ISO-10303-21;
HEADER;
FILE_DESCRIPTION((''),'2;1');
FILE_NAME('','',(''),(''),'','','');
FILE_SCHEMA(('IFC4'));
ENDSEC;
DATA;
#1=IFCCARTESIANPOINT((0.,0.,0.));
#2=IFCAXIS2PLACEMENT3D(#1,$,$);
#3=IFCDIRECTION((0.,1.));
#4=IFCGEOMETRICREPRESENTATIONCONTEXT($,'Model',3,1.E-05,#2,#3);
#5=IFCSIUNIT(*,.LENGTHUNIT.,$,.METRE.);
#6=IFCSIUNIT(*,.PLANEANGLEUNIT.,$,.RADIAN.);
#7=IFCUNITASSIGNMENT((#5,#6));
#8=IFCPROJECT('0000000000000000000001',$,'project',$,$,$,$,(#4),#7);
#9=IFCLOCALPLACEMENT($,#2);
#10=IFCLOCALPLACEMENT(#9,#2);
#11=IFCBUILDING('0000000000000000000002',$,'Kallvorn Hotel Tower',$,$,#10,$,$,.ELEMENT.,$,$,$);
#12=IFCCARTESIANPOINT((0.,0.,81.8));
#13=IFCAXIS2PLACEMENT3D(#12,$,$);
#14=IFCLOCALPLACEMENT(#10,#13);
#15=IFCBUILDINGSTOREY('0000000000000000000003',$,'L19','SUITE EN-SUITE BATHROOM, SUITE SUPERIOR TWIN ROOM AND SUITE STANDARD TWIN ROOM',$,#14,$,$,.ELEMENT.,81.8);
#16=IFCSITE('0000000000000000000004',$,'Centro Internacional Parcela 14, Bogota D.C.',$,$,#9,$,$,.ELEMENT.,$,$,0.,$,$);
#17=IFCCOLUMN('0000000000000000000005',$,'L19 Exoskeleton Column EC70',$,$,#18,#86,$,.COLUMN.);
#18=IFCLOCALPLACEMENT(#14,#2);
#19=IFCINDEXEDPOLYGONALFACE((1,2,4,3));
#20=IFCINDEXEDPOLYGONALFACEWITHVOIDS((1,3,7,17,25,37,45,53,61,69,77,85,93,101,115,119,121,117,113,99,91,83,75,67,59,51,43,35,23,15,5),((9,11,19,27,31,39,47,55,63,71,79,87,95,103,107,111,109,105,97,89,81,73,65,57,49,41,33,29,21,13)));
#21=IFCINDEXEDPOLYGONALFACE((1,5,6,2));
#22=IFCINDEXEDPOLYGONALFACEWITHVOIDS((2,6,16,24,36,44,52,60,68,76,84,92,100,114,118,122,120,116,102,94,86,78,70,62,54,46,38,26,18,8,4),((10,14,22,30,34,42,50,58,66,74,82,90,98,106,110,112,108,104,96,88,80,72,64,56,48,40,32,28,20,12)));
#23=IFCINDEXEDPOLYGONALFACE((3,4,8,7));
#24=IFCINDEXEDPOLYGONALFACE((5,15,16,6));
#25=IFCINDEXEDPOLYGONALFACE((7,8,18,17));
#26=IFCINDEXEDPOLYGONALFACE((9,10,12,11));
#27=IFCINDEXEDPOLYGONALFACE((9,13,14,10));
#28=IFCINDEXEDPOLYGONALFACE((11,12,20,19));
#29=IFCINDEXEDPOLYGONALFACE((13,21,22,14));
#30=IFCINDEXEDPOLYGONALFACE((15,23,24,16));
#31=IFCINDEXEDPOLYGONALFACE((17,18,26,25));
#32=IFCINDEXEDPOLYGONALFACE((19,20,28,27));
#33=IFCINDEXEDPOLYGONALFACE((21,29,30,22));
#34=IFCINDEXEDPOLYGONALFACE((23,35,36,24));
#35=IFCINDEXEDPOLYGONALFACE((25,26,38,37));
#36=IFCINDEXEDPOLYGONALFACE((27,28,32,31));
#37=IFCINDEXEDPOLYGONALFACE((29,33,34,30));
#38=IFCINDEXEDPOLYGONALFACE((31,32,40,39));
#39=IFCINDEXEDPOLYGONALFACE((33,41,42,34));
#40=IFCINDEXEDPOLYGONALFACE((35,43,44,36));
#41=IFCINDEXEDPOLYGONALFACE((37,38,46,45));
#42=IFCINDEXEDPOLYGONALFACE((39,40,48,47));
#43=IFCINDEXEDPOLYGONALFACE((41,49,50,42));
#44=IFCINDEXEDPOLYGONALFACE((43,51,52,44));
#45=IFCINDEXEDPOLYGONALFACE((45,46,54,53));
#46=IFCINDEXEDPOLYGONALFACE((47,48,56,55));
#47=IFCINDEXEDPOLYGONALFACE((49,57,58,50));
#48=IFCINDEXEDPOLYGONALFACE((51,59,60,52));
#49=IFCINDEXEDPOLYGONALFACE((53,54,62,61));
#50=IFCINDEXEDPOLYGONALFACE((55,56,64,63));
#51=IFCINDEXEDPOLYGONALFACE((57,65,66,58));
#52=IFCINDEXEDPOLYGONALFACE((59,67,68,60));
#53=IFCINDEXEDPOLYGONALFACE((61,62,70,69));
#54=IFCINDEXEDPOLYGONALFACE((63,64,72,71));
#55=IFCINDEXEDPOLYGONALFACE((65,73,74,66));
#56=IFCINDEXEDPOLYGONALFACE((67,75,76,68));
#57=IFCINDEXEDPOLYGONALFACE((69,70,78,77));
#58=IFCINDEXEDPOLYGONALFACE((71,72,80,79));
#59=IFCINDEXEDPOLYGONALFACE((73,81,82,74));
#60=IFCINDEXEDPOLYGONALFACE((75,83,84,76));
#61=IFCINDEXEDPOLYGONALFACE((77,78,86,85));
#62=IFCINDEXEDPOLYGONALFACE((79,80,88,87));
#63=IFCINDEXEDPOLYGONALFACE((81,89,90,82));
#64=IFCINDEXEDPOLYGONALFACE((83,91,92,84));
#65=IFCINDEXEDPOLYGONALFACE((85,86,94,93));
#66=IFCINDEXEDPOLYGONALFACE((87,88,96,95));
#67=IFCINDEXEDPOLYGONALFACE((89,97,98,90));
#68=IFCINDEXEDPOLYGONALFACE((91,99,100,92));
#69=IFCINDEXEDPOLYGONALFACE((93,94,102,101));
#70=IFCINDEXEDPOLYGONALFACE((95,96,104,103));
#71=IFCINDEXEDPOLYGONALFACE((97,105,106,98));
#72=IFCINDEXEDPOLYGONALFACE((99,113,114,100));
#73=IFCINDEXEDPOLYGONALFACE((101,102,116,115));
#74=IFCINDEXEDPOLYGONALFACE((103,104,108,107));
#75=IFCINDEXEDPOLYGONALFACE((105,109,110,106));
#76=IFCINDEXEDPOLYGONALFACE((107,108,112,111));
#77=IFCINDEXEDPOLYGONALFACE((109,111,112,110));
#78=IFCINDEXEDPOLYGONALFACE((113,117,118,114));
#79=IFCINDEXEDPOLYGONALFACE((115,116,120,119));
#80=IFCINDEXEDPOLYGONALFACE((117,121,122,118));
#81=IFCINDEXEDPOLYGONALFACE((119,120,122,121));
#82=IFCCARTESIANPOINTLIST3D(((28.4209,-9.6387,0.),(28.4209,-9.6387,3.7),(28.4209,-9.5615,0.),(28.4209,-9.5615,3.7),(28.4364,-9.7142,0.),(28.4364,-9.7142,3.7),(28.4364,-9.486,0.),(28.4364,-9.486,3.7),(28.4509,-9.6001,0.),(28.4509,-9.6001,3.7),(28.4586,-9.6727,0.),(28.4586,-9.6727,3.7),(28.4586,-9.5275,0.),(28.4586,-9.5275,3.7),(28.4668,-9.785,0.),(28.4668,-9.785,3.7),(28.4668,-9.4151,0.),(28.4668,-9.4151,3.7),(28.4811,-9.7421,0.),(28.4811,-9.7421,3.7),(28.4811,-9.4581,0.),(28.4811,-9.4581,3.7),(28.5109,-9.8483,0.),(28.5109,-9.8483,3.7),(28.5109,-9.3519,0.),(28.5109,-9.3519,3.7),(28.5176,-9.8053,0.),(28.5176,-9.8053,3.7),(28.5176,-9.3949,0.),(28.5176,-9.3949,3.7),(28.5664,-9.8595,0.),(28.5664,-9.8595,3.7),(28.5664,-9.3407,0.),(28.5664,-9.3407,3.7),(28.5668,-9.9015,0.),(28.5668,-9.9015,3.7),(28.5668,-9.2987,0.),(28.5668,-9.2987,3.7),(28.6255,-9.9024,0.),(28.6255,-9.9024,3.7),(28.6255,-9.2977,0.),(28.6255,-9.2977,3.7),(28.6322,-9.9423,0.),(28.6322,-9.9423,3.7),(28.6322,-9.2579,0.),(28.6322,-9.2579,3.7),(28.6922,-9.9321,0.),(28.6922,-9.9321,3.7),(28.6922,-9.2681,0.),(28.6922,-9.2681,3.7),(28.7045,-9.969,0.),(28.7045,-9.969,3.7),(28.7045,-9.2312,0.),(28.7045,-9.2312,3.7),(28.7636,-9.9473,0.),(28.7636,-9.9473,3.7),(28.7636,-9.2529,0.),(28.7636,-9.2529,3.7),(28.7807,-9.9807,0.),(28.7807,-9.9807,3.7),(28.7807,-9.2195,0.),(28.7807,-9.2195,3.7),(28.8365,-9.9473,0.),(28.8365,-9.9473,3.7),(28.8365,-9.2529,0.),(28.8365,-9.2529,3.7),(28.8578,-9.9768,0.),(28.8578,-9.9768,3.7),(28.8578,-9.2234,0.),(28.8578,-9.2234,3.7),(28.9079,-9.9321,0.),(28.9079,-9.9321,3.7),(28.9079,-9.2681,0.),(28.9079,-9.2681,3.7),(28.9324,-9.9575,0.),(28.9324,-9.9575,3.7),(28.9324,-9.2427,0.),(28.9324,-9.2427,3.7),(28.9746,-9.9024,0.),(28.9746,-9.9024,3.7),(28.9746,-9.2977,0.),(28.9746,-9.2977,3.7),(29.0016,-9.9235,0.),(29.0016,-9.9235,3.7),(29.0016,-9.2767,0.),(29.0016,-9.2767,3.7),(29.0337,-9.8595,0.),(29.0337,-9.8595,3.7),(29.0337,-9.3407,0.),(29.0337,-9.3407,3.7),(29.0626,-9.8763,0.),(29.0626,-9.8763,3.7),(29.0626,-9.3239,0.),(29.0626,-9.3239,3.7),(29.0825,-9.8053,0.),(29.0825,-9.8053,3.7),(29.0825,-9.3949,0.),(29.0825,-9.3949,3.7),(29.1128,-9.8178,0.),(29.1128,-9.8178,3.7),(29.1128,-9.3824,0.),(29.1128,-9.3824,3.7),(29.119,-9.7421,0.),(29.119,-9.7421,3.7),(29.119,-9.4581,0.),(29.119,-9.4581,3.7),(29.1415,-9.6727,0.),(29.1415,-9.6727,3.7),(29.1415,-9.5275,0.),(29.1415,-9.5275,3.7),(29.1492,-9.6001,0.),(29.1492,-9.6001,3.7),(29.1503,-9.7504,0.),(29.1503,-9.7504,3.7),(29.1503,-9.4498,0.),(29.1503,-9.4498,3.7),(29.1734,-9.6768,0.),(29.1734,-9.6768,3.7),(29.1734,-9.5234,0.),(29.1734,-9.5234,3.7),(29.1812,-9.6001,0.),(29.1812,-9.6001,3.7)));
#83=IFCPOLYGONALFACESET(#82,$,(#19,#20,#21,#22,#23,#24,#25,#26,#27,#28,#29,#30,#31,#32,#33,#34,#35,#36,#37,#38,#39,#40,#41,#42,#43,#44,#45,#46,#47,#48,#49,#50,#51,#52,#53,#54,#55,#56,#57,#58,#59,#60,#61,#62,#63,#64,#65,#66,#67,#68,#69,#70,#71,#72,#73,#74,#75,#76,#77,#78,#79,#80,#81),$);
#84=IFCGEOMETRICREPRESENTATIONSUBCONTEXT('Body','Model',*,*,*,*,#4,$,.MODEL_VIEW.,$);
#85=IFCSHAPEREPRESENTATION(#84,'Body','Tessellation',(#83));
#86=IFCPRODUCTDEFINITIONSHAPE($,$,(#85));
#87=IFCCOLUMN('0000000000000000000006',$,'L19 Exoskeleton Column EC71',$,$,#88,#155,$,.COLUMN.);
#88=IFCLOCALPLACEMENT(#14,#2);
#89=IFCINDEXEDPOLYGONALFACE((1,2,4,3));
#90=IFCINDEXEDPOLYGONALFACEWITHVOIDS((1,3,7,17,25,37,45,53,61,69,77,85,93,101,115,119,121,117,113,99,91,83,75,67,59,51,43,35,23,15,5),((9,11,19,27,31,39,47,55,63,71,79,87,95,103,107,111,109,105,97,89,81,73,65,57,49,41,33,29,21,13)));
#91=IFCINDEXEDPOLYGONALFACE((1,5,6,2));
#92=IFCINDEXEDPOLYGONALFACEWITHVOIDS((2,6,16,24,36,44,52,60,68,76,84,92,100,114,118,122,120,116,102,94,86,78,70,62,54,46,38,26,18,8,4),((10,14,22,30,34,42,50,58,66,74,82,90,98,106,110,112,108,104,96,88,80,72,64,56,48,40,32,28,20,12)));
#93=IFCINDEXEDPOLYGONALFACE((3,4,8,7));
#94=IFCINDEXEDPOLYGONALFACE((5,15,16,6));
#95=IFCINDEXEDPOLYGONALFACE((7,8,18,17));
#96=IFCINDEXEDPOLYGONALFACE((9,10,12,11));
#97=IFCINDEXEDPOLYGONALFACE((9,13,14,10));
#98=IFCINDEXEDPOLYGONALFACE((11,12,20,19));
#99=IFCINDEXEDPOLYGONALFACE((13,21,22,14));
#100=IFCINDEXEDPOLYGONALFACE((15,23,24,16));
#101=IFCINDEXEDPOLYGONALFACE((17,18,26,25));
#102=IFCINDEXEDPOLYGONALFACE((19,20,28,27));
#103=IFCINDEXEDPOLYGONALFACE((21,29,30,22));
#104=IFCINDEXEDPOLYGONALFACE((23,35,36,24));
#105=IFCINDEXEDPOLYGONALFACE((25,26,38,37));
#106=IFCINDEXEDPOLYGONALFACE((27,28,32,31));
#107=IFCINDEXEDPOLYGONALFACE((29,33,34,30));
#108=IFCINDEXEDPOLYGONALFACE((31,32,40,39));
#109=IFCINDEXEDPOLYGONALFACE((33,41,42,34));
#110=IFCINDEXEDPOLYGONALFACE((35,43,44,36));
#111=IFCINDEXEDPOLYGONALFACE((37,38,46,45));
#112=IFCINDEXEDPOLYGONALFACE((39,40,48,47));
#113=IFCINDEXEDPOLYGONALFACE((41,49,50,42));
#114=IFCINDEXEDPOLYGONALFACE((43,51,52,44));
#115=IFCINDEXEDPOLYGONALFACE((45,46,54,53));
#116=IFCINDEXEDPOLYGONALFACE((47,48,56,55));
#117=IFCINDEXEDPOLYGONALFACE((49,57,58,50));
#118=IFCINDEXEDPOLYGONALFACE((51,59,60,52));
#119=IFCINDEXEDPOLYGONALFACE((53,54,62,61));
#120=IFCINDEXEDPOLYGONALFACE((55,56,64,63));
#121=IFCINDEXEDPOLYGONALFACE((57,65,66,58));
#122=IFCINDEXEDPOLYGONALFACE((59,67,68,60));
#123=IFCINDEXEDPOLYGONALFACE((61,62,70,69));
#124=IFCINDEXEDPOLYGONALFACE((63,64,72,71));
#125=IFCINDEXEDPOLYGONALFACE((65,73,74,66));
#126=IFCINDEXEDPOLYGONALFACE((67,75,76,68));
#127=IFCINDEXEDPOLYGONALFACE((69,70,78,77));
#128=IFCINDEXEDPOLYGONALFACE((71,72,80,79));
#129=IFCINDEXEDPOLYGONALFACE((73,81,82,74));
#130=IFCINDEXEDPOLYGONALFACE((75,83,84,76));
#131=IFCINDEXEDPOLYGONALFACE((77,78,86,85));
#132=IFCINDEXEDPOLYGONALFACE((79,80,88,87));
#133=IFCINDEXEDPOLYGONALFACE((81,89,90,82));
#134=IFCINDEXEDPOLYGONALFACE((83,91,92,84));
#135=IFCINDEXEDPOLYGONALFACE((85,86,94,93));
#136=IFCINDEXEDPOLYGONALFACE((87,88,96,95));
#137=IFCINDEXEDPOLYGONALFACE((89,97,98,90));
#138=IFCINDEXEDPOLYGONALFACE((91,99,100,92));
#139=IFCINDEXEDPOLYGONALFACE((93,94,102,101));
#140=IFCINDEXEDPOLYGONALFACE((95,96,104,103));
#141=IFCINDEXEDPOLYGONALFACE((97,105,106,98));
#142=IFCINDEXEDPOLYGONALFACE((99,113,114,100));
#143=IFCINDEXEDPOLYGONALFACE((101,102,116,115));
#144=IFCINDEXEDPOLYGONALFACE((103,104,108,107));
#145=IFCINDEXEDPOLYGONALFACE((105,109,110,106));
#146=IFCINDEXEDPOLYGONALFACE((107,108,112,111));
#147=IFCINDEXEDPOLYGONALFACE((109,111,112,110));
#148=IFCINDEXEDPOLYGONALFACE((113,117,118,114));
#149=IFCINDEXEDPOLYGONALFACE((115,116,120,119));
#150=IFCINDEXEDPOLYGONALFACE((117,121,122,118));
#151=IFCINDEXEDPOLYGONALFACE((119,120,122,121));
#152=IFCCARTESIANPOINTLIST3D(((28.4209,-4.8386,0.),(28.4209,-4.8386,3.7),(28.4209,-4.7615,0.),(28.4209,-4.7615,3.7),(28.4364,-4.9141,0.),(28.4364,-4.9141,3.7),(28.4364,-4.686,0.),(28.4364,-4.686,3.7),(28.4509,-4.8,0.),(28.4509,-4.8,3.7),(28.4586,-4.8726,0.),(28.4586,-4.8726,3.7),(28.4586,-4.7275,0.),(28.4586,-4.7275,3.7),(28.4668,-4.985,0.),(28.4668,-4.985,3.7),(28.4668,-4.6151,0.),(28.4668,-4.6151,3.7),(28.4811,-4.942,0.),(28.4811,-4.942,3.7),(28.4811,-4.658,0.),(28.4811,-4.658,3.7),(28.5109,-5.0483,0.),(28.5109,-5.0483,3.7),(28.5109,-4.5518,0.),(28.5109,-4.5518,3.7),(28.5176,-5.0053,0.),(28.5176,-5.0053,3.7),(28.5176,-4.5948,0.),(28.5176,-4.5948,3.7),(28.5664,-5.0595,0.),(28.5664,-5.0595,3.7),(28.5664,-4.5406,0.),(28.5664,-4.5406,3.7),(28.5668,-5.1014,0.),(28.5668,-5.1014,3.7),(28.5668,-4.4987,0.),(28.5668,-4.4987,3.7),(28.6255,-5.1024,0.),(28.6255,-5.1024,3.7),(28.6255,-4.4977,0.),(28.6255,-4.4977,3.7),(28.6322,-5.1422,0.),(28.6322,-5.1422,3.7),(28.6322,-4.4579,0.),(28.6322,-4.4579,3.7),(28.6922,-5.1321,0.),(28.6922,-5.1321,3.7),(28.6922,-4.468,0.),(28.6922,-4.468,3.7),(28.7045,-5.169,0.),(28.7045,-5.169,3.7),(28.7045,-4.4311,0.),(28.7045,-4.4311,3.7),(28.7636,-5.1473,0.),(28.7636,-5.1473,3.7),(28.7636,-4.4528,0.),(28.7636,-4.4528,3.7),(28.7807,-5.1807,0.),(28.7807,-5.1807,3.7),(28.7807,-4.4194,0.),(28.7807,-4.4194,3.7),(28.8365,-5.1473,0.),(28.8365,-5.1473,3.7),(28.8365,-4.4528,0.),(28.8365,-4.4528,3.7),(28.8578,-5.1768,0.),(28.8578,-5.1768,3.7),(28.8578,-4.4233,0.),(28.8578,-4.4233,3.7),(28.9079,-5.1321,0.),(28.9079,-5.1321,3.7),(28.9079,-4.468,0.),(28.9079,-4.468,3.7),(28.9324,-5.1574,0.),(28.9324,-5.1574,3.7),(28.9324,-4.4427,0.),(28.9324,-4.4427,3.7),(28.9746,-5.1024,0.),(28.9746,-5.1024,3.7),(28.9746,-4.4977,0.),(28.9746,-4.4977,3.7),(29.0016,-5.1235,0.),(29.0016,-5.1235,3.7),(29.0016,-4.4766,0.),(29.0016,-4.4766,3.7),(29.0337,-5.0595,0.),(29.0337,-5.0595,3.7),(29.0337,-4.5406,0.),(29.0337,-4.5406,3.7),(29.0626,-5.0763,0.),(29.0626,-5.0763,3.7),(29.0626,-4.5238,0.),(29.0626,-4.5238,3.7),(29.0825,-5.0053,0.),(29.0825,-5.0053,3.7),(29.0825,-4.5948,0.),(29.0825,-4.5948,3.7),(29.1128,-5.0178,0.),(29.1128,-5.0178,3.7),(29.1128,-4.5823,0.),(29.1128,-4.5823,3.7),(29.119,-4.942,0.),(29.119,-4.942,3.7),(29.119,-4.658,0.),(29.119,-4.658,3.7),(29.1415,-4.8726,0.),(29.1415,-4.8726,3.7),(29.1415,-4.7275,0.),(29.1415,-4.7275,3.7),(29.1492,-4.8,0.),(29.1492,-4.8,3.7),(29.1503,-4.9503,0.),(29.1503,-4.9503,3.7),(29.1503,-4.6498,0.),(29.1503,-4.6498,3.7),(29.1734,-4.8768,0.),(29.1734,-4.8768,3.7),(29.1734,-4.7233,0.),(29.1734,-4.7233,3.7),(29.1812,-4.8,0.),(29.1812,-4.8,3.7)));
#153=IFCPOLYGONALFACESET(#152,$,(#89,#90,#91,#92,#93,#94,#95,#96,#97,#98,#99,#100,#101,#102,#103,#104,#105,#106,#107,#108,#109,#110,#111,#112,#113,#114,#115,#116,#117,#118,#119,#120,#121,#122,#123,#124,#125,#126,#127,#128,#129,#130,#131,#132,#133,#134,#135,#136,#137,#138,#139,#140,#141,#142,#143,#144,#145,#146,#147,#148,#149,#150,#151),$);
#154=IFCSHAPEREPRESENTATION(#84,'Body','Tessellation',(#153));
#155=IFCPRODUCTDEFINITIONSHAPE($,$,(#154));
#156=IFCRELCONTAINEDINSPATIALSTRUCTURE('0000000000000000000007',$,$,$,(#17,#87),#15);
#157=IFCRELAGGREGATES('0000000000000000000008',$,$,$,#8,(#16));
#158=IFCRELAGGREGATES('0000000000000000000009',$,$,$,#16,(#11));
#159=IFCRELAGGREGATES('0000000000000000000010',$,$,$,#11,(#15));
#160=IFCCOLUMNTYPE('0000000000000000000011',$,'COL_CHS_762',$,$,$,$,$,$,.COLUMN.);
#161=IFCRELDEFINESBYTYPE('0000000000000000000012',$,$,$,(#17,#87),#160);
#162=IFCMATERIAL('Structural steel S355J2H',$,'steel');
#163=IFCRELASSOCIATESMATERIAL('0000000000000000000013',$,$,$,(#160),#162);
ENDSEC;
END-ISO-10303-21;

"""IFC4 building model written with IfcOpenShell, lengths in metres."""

from ifc_helpers import new_model, si_unit, direction, frame, origin, origin_2d, place, context, subcontext, project, spatial, hollow_circle, extrude, material, material_profile, profile_set, type_object, element, save


model = new_model("IFC4")

# Units and contexts
model_context = context("Model", 3, precision=1e-05, world=origin(), true_north=direction((0.0, 1.0)))
body_context = subcontext(model_context, "Body", "Model", "MODEL_VIEW")
ifc_project = project(units=[si_unit("LENGTHUNIT", "METRE"), si_unit("PLANEANGLEUNIT", "RADIAN")], contexts=[model_context])

# Site, building, storey
site_placement = place(None, origin())
site = spatial("IfcSite", under=ifc_project, at=site_placement, Name="Centro Internacional Parcela 14, Bogota D.C.", CompositionType="ELEMENT", RefElevation=0.0)
building_placement = place(site_placement, origin())
building = spatial("IfcBuilding", under=site, at=building_placement, Name="Kallvorn Hotel Tower", CompositionType="ELEMENT")
storey_placement = place(building_placement, frame((0.0, 0.0, 81.8)))
storey = spatial("IfcBuildingStorey", under=building, at=storey_placement, Name="L19", Description="SUITE EN-SUITE BATHROOM, SUITE SUPERIOR TWIN ROOM AND SUITE STANDARD TWIN ROOM", CompositionType="ELEMENT", Elevation=81.8)

# Columns
ifc_material_1 = material(Name="Structural steel S355J2H", Category="steel")
ifc_material_profile_1 = material_profile(ifc_material_1, hollow_circle(Radius=0.3811, WallThickness=0.032, at=origin_2d()), Name="CHS 762x32")
ifc_profile_set_1 = profile_set([ifc_material_profile_1], Name="Structural steel S355J2H")
column_type_1 = type_object("IfcColumnType", Name="COL_CHS_762", PredefinedType="COLUMN", material=ifc_profile_set_1)
for number, where, z_axis, x_axis, name in (
    (1, (28.8, -9.6001, 0.0), (0.0, 0.0, 1.0), (1.0, 0.0, 0.0), "L19 Exoskeleton Column EC70"),
    (2, (28.8, -4.8, 0.0), (0.0, 0.0, 1.0), (1.0, 0.0, 0.0), "L19 Exoskeleton Column EC71"),
):
    element("IfcColumn", number, at=place(storey_placement, frame(where, z_axis=z_axis, x_axis=x_axis)), inside=storey, type_object=column_type_1, Name=name, PredefinedType="COLUMN", context=body_context, shape_type="SweptSolid", body=[
        extrude(hollow_circle(Radius=0.3811, WallThickness=0.032, at=origin_2d()), origin(), (0.0, 0.0, 1.0), 3.7),
    ])

save(model, "model.ifc")
